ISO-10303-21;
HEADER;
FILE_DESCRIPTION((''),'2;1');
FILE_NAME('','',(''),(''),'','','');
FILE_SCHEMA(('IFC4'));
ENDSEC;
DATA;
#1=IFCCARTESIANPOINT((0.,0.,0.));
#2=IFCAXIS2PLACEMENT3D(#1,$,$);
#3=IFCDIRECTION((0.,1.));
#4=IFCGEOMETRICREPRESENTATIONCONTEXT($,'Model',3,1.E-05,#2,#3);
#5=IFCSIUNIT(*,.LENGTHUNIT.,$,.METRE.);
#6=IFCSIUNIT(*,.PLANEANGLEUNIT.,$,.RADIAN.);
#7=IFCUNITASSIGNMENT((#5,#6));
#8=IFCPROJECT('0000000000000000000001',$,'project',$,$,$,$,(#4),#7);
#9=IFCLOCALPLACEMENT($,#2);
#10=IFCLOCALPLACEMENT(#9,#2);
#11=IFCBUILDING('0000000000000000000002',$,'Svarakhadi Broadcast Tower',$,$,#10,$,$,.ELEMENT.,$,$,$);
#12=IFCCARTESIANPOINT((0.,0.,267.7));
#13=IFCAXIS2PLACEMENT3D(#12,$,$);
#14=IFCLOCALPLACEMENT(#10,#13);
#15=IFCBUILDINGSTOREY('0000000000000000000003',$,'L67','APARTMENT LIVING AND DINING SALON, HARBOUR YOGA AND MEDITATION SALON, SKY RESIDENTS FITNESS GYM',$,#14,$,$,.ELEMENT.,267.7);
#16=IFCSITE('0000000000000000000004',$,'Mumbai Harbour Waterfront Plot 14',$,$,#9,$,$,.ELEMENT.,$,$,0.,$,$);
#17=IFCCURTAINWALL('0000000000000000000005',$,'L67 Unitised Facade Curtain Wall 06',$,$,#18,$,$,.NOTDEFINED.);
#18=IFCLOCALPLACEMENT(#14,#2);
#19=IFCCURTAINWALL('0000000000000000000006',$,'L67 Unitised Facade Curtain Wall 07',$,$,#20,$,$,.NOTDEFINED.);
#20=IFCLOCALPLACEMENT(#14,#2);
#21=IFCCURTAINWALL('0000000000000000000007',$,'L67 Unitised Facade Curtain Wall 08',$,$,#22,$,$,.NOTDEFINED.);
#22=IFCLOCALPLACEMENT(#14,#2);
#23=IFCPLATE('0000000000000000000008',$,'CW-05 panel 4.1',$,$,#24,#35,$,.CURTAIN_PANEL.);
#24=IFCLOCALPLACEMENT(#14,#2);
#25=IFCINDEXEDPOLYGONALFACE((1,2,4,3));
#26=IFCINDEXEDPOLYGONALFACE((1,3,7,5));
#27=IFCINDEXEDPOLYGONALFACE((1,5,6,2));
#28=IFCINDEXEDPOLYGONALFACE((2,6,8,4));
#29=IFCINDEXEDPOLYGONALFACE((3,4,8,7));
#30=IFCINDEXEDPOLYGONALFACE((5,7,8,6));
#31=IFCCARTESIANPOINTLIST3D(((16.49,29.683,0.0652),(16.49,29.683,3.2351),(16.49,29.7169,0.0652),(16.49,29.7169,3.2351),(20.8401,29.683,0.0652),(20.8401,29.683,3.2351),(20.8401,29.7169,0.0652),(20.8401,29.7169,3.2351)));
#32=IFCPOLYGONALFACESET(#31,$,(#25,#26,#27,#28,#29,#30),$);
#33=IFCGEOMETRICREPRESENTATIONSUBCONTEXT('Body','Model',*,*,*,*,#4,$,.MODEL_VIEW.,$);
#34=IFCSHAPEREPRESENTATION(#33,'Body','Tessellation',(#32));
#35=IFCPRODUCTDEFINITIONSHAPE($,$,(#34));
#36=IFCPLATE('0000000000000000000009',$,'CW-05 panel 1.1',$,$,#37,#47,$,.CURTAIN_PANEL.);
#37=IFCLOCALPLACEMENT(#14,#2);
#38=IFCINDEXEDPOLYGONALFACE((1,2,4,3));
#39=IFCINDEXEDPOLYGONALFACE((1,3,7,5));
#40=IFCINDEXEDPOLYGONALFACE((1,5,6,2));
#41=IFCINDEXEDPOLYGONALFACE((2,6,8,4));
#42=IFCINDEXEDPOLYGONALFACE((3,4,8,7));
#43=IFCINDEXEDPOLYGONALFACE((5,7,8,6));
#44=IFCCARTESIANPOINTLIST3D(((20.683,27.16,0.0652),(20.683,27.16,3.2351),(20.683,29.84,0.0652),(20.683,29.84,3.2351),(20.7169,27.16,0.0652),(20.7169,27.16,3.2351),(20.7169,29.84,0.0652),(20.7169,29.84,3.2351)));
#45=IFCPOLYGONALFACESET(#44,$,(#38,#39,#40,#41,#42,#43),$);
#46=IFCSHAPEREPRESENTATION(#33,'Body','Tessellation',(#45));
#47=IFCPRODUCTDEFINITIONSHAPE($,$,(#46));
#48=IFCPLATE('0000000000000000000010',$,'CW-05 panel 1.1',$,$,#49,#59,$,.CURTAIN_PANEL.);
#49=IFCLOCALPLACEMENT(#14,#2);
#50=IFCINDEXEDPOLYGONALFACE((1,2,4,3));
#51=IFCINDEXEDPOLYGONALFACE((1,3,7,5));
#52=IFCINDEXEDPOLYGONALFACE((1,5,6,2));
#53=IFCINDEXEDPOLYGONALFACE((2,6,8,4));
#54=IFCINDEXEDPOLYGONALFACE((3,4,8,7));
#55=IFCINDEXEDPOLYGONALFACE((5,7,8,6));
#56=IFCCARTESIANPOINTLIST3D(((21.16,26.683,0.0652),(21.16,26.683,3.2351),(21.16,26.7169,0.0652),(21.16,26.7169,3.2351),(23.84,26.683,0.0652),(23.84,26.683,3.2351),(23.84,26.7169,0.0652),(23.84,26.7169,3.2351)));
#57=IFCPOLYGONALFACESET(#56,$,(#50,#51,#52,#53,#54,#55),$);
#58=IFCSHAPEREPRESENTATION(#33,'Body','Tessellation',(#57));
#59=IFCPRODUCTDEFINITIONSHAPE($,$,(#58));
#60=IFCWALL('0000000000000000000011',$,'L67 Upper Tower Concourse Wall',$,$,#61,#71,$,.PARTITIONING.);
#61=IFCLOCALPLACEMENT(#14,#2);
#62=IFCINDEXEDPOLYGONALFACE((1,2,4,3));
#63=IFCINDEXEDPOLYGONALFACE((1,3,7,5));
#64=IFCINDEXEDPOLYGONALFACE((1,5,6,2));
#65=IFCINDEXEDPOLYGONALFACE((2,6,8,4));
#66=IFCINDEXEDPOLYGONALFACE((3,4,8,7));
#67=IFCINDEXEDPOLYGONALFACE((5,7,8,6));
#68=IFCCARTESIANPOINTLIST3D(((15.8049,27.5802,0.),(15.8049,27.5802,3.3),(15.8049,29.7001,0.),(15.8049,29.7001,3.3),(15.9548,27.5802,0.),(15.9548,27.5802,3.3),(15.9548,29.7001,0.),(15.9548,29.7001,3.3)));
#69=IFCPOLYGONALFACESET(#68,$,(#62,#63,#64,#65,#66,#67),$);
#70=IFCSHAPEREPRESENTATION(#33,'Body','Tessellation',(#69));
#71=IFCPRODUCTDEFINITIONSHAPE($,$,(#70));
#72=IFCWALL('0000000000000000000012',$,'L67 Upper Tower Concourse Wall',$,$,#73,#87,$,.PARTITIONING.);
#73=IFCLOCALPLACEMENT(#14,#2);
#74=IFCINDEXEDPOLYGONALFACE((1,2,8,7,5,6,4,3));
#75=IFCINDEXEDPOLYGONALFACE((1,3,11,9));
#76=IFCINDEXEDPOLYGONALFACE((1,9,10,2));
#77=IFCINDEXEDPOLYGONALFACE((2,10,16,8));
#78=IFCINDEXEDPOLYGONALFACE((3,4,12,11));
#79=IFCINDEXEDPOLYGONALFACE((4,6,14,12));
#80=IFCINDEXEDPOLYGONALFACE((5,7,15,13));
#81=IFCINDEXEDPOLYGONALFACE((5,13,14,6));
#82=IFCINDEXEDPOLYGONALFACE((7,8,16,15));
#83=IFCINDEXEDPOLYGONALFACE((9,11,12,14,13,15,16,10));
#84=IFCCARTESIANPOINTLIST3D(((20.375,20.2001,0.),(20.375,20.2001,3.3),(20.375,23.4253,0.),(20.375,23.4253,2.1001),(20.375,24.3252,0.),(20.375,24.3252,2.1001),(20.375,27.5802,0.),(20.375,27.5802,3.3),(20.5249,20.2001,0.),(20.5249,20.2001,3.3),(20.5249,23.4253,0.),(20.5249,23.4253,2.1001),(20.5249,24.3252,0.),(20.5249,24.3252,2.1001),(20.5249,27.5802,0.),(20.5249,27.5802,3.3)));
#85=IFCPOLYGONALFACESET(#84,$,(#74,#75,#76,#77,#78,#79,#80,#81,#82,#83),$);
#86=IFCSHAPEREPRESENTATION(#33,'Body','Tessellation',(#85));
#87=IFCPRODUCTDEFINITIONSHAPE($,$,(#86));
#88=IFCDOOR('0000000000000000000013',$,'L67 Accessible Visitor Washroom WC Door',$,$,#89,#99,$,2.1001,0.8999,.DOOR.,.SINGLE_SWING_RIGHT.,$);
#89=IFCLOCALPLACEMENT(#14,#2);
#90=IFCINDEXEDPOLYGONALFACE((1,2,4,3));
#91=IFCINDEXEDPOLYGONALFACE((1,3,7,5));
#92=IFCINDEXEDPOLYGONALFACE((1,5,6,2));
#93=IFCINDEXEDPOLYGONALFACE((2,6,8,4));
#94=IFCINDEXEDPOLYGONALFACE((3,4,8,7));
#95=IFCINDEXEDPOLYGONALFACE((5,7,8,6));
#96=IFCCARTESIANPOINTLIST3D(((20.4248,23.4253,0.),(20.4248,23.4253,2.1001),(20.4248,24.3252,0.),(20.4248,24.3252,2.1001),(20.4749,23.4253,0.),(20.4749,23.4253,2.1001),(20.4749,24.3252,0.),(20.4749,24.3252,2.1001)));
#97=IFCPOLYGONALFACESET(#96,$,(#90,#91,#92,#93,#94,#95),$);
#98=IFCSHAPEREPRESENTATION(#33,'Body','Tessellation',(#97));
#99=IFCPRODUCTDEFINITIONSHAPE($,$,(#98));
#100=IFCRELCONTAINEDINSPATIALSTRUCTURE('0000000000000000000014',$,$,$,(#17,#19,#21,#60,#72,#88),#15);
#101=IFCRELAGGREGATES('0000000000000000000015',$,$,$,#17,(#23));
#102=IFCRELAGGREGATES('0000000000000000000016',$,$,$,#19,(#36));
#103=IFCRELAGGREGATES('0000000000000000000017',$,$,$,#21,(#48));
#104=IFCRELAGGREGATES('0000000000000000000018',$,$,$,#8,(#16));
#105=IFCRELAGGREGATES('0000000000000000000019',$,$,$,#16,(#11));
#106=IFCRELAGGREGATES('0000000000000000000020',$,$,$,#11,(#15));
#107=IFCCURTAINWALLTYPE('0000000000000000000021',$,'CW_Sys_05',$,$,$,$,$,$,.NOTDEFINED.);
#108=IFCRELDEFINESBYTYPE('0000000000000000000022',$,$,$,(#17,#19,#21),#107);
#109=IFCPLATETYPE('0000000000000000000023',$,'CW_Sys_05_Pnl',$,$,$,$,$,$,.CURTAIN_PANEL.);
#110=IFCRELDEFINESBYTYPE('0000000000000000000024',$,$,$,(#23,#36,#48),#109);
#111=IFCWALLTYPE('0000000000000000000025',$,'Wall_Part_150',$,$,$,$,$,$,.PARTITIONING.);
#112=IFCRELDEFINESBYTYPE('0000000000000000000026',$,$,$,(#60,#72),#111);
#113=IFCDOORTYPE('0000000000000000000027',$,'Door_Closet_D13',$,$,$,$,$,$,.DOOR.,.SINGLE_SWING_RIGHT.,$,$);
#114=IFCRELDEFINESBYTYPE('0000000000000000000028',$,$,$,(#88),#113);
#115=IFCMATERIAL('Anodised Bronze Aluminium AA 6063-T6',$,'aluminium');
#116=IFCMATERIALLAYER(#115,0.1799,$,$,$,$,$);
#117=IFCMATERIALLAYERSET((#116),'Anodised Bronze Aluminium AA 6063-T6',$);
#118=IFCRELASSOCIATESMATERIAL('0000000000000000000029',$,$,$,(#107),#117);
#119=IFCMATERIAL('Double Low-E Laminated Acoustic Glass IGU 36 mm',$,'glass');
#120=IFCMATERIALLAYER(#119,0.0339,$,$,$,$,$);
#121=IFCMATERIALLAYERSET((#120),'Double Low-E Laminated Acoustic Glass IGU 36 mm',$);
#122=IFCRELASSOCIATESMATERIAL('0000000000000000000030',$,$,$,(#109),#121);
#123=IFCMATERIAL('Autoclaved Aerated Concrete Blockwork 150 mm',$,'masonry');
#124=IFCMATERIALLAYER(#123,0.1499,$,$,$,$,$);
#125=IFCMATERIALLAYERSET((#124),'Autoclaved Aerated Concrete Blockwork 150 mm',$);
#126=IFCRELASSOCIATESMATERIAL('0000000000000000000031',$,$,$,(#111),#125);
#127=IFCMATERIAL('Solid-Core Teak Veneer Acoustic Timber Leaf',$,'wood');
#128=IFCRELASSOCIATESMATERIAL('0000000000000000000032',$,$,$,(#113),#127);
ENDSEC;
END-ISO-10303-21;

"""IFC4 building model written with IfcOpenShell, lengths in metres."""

from ifc_helpers import new_model, si_unit, direction, frame, frame_2d, origin, origin_2d, place, context, subcontext, project, spatial, rectangle, extrude, material, layer, layer_set, type_object, element, fill, aggregate, save


model = new_model("IFC4")

# Units and contexts
model_context = context("Model", 3, precision=1e-05, world=origin(), true_north=direction((0.0, 1.0)))
body_context = subcontext(model_context, "Body", "Model", "MODEL_VIEW")
ifc_project = project(units=[si_unit("LENGTHUNIT", "METRE"), si_unit("PLANEANGLEUNIT", "RADIAN")], contexts=[model_context])

# Site, building, storey
site_placement = place(None, origin())
site = spatial("IfcSite", under=ifc_project, at=site_placement, Name="Mumbai Harbour Waterfront Plot 14", CompositionType="ELEMENT", RefElevation=0.0)
building_placement = place(site_placement, origin())
building = spatial("IfcBuilding", under=site, at=building_placement, Name="Svarakhadi Broadcast Tower", CompositionType="ELEMENT")
storey_placement = place(building_placement, frame((0.0, 0.0, 267.7)))
storey = spatial("IfcBuildingStorey", under=building, at=storey_placement, Name="L67", Description="APARTMENT LIVING AND DINING SALON, HARBOUR YOGA AND MEDITATION SALON, SKY RESIDENTS FITNESS GYM", CompositionType="ELEMENT", Elevation=267.7)

# Curtain walls
ifc_material_1 = material(Name="Anodised Bronze Aluminium AA 6063-T6", Category="aluminium")
ifc_layer_1 = layer(ifc_material_1, 0.1799)
ifc_layer_set_1 = layer_set([ifc_layer_1], Name="Anodised Bronze Aluminium AA 6063-T6")
curtain_wall_type = type_object("IfcCurtainWallType", Name="CW_Sys_05", PredefinedType="NOTDEFINED", material=ifc_layer_set_1)
curtain_wall_1_placement = place(storey_placement, origin())
curtain_wall_1 = element("IfcCurtainWall", 1, at=curtain_wall_1_placement, inside=storey, type_object=curtain_wall_type, Name="L67 Unitised Facade Curtain Wall 06", PredefinedType="NOTDEFINED")
curtain_wall_2_placement = place(storey_placement, origin())
curtain_wall_2 = element("IfcCurtainWall", 2, at=curtain_wall_2_placement, inside=storey, type_object=curtain_wall_type, Name="L67 Unitised Facade Curtain Wall 07", PredefinedType="NOTDEFINED")

# Curtain wall
curtain_wall_3_placement = place(storey_placement, origin())
curtain_wall_3 = element("IfcCurtainWall", 3, at=curtain_wall_3_placement, inside=storey, type_object=curtain_wall_type, Name="L67 Unitised Facade Curtain Wall 08", PredefinedType="NOTDEFINED")

# Plates
ifc_material_2 = material(Name="Double Low-E Laminated Acoustic Glass IGU 36 mm", Category="glass")
ifc_layer_2 = layer(ifc_material_2, 0.0339)
ifc_layer_set_2 = layer_set([ifc_layer_2], Name="Double Low-E Laminated Acoustic Glass IGU 36 mm")
plate_type = type_object("IfcPlateType", Name="CW_Sys_05_Pnl", PredefinedType="CURTAIN_PANEL", material=ifc_layer_set_2)
plate_1_placement = place(storey_placement, frame((18.665, 29.7, 0.0652), z_axis=(0.0, 0.0, 1.0), x_axis=(1.0, 0.0, 0.0)))
plate_1 = element("IfcPlate", 4, at=plate_1_placement, type_object=plate_type, Name="CW-05 panel 4.1", PredefinedType="CURTAIN_PANEL", context=body_context, shape_type="SweptSolid", body=[
    extrude(rectangle(XDim=4.3501, YDim=0.0339, at=origin_2d()), origin(), (0.0, 0.0, 1.0), 3.1699),
])
aggregate(curtain_wall_1, [plate_1])
plate_2_placement = place(storey_placement, frame((20.7, 28.5, 0.0652), z_axis=(0.0, 0.0, 1.0), x_axis=(0.0, -1.0, 0.0)))
plate_2 = element("IfcPlate", 5, at=plate_2_placement, type_object=plate_type, Name="CW-05 panel 1.1", PredefinedType="CURTAIN_PANEL", context=body_context, shape_type="SweptSolid", body=[
    extrude(rectangle(XDim=2.6799, YDim=0.0339, at=origin_2d()), origin(), (0.0, 0.0, 1.0), 3.1699),
])
aggregate(curtain_wall_2, [plate_2])
plate_3_placement = place(storey_placement, frame((22.5, 26.7, 0.0652), z_axis=(0.0, 0.0, 1.0), x_axis=(1.0, 0.0, 0.0)))
plate_3 = element("IfcPlate", 6, at=plate_3_placement, type_object=plate_type, Name="CW-05 panel 1.1", PredefinedType="CURTAIN_PANEL", context=body_context, shape_type="SweptSolid", body=[
    extrude(rectangle(XDim=2.6799, YDim=0.0339, at=origin_2d()), origin(), (0.0, 0.0, 1.0), 3.1699),
])
aggregate(curtain_wall_3, [plate_3])

# Wall
ifc_material_3 = material(Name="Autoclaved Aerated Concrete Blockwork 150 mm", Category="masonry")
ifc_layer_3 = layer(ifc_material_3, 0.1499)
ifc_layer_set_3 = layer_set([ifc_layer_3], Name="Autoclaved Aerated Concrete Blockwork 150 mm")
wall_type = type_object("IfcWallType", Name="Wall_Part_150", PredefinedType="PARTITIONING", material=ifc_layer_set_3)
wall_1_placement = place(storey_placement, frame((15.8799, 27.5801, 0.0), z_axis=(0.0, 0.0, 1.0), x_axis=(0.0, 1.0, 0.0)))
element("IfcWall", 7, at=wall_1_placement, inside=storey, type_object=wall_type, Name="L67 Upper Tower Concourse Wall", PredefinedType="PARTITIONING", context=body_context, shape_type="SweptSolid", body=[
    extrude(rectangle(XDim=2.1199, YDim=0.1499, at=frame_2d((1.0601, 0.0))), origin(), (0.0, 0.0, 1.0), 3.3),
])

# Wall, opening, door
wall_2_placement = place(storey_placement, frame((20.45, 27.5801, 0.0), z_axis=(0.0, 0.0, 1.0), x_axis=(0.0, -1.0, 0.0)))
wall_2 = element("IfcWall", 8, at=wall_2_placement, inside=storey, type_object=wall_type, Name="L67 Upper Tower Concourse Wall", PredefinedType="PARTITIONING", context=body_context, shape_type="SweptSolid", body=[
    extrude(rectangle(XDim=7.3801, YDim=0.1499, at=frame_2d((3.6899, 0.0))), origin(), (0.0, 0.0, 1.0), 3.3),
])
opening_placement = place(wall_2_placement, frame((3.2549, 0.0, 0.0)))
opening = element("IfcOpeningElement", 9, at=opening_placement, cuts=wall_2, PredefinedType="OPENING", context=body_context, shape_type="SweptSolid", body=[
    extrude(rectangle(XDim=0.8999, YDim=2.1001, at=frame_2d((0.45, 1.05))), frame((0.0, 0.085, 0.0), z_axis=(0.0, -1.0, 0.0), x_axis=(1.0, 0.0, 0.0)), (0.0, 0.0, 1.0), 0.1699),
])
ifc_material_4 = material(Name="Solid-Core Teak Veneer Acoustic Timber Leaf", Category="wood")
door_type = type_object("IfcDoorType", Name="Door_Closet_D13", OperationType="SINGLE_SWING_RIGHT", PredefinedType="DOOR", material=ifc_material_4)
door_placement = place(opening_placement, origin())
door = element("IfcDoor", 10, at=door_placement, inside=storey, type_object=door_type, Name="L67 Accessible Visitor Washroom WC Door", OperationType="SINGLE_SWING_RIGHT", OverallHeight=2.1001, OverallWidth=0.8999, PredefinedType="DOOR", context=body_context, shape_type="SweptSolid", body=[
    extrude(rectangle(XDim=0.8999, YDim=2.1001, at=frame_2d((0.45, 1.05))), frame((0.0, 0.0249, 0.0), z_axis=(0.0, -1.0, 0.0), x_axis=(1.0, 0.0, 0.0)), (0.0, 0.0, 1.0), 0.05),
])
fill(opening, door)

save(model, "model.ifc")
